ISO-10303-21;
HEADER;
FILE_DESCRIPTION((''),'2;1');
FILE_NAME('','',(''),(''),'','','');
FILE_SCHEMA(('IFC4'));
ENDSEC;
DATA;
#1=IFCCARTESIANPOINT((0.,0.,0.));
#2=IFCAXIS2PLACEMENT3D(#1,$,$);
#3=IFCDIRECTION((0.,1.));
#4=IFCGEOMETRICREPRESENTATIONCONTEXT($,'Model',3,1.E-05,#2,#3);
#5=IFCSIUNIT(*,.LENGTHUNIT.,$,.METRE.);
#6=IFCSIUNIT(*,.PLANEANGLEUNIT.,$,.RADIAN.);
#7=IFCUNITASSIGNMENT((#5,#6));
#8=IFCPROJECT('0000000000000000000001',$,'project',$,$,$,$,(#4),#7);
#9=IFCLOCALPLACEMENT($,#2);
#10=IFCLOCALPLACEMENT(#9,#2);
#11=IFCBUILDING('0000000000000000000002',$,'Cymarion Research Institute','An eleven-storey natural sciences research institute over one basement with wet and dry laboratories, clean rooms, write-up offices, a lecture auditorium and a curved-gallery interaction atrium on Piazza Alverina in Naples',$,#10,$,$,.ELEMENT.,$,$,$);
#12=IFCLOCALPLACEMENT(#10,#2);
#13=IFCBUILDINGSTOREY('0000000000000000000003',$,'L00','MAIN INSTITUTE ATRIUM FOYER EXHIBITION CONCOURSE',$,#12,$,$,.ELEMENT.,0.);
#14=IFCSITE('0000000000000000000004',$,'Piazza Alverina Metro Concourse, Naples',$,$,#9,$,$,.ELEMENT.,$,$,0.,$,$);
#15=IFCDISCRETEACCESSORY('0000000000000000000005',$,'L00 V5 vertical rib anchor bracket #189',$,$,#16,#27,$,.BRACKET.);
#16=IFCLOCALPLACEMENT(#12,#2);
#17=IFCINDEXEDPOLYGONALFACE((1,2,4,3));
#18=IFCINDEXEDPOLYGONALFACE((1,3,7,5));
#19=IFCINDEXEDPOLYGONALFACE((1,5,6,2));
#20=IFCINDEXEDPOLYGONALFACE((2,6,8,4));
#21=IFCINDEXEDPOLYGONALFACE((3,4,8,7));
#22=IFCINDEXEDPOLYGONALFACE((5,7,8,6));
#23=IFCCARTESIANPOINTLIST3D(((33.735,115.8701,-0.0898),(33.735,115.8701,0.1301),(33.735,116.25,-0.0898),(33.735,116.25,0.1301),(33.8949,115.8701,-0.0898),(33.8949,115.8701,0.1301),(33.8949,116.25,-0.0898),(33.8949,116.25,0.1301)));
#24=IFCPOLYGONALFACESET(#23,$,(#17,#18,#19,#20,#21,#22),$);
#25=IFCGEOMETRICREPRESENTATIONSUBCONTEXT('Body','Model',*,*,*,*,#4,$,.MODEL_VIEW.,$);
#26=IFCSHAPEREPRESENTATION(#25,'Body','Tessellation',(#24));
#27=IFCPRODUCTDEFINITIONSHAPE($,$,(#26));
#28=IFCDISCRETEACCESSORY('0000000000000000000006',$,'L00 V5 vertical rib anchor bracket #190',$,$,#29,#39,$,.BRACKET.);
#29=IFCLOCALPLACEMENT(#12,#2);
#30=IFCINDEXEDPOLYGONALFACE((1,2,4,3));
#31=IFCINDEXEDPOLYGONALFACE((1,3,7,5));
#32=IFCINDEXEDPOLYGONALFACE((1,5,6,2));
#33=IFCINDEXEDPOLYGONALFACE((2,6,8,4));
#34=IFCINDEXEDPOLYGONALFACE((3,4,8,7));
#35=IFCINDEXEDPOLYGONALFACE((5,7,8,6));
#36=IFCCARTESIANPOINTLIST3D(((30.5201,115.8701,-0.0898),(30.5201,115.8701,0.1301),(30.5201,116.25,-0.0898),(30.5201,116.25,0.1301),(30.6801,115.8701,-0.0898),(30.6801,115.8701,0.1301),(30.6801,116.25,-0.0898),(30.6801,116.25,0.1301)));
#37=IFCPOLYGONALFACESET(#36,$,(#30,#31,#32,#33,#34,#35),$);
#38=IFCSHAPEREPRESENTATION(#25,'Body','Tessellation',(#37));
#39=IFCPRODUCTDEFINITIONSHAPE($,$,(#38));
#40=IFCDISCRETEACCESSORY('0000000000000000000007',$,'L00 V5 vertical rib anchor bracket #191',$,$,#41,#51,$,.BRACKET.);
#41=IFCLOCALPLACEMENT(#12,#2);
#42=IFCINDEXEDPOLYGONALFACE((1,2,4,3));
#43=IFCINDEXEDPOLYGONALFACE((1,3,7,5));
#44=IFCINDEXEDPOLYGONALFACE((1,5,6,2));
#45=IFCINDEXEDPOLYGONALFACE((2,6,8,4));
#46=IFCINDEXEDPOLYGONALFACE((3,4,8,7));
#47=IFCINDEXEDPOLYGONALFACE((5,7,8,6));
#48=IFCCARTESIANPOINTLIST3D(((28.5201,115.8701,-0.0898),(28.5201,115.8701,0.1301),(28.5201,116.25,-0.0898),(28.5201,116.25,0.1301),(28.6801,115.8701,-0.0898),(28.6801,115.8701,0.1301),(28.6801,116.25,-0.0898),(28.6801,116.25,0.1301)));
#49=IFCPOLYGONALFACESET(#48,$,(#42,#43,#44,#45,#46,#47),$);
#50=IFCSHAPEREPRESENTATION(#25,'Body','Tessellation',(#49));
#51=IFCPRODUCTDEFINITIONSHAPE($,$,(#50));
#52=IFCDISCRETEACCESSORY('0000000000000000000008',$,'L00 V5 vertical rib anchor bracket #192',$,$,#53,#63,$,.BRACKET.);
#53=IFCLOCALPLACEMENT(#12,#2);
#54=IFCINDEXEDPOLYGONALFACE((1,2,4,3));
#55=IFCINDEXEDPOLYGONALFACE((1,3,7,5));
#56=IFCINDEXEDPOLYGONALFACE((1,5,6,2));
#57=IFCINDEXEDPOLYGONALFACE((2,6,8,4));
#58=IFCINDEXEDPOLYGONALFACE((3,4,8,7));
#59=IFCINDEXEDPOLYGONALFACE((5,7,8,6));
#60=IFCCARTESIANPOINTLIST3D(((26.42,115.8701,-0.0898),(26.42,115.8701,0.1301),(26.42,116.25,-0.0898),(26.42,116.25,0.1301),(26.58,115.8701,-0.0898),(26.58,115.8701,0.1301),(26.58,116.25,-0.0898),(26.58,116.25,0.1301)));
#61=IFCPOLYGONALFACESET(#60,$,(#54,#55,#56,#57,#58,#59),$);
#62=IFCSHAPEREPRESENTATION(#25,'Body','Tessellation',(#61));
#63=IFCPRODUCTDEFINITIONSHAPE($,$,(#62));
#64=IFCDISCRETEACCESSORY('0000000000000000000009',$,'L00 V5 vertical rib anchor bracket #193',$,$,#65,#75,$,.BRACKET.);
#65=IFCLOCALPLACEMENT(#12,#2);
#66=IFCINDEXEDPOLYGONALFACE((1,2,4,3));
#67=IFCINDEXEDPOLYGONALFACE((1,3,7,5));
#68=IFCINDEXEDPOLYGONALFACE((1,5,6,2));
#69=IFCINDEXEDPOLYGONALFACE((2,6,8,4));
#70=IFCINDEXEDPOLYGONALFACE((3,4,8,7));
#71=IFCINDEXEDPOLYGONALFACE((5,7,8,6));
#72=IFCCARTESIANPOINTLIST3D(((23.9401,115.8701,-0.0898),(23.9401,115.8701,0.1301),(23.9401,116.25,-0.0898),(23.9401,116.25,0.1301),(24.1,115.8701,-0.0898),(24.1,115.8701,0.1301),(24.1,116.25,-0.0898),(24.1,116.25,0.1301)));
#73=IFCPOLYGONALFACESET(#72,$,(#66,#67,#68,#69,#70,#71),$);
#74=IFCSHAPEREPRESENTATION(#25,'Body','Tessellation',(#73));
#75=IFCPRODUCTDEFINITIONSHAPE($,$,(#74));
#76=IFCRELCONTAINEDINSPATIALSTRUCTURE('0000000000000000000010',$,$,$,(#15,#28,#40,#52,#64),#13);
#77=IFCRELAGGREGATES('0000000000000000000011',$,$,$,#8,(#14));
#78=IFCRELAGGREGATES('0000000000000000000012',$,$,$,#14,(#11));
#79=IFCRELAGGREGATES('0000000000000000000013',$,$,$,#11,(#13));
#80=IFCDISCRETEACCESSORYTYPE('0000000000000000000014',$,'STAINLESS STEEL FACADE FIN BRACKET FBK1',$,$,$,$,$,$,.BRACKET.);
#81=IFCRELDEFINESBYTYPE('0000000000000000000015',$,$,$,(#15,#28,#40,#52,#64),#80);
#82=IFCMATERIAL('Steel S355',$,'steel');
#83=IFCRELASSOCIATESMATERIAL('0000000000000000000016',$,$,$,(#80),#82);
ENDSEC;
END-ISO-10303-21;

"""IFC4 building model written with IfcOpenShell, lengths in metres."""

from ifc_helpers import new_model, si_unit, direction, frame, origin, origin_2d, place, context, subcontext, project, spatial, rectangle, extrude, material, type_object, element, save


model = new_model("IFC4")

# Units and contexts
model_context = context("Model", 3, precision=1e-05, world=origin(), true_north=direction((0.0, 1.0)))
body_context = subcontext(model_context, "Body", "Model", "MODEL_VIEW")
ifc_project = project(units=[si_unit("LENGTHUNIT", "METRE"), si_unit("PLANEANGLEUNIT", "RADIAN")], contexts=[model_context])

# Site, building, storey
site_placement = place(None, origin())
site = spatial("IfcSite", under=ifc_project, at=site_placement, Name="Piazza Alverina Metro Concourse, Naples", CompositionType="ELEMENT", RefElevation=0.0)
building_placement = place(site_placement, origin())
building = spatial("IfcBuilding", under=site, at=building_placement, Name="Cymarion Research Institute", Description="An eleven-storey natural sciences research institute over one basement with wet and dry laboratories, clean rooms, write-up offices, a lecture auditorium and a curved-gallery interaction atrium on Piazza Alverina in Naples", CompositionType="ELEMENT")
storey_placement = place(building_placement, origin())
storey = spatial("IfcBuildingStorey", under=building, at=storey_placement, Name="L00", Description="MAIN INSTITUTE ATRIUM FOYER EXHIBITION CONCOURSE", CompositionType="ELEMENT", Elevation=0.0)

# Shared definitions
ifc_material_1 = material(Name="Steel S355", Category="steel")

# Discrete accessories
discrete_accessory_type = type_object("IfcDiscreteAccessoryType", Name="STAINLESS STEEL FACADE FIN BRACKET FBK1", PredefinedType="BRACKET", material=ifc_material_1)
for number, where, z_axis, x_axis, name in (
    (1, (33.8149, 116.0601, -0.0898), (0.0, 0.0, 1.0), (0.0, 1.0, 0.0), "L00 V5 vertical rib anchor bracket #189"),
    (2, (30.6001, 116.0601, -0.0898), (0.0, 0.0, 1.0), (0.0, 1.0, 0.0), "L00 V5 vertical rib anchor bracket #190"),
    (3, (28.6001, 116.0601, -0.0898), (0.0, 0.0, 1.0), (0.0, 1.0, 0.0), "L00 V5 vertical rib anchor bracket #191"),
    (4, (26.5, 116.0601, -0.0898), (0.0, 0.0, 1.0), (0.0, 1.0, 0.0), "L00 V5 vertical rib anchor bracket #192"),
    (5, (24.02, 116.0601, -0.0898), (0.0, 0.0, 1.0), (0.0, 1.0, 0.0), "L00 V5 vertical rib anchor bracket #193"),
):
    element("IfcDiscreteAccessory", number, at=place(storey_placement, frame(where, z_axis=z_axis, x_axis=x_axis)), inside=storey, type_object=discrete_accessory_type, Name=name, PredefinedType="BRACKET", context=body_context, shape_type="SweptSolid", body=[
        extrude(rectangle(XDim=0.3799, YDim=0.1599, at=origin_2d()), origin(), (0.0, 0.0, 1.0), 0.22),
    ])

save(model, "model.ifc")
